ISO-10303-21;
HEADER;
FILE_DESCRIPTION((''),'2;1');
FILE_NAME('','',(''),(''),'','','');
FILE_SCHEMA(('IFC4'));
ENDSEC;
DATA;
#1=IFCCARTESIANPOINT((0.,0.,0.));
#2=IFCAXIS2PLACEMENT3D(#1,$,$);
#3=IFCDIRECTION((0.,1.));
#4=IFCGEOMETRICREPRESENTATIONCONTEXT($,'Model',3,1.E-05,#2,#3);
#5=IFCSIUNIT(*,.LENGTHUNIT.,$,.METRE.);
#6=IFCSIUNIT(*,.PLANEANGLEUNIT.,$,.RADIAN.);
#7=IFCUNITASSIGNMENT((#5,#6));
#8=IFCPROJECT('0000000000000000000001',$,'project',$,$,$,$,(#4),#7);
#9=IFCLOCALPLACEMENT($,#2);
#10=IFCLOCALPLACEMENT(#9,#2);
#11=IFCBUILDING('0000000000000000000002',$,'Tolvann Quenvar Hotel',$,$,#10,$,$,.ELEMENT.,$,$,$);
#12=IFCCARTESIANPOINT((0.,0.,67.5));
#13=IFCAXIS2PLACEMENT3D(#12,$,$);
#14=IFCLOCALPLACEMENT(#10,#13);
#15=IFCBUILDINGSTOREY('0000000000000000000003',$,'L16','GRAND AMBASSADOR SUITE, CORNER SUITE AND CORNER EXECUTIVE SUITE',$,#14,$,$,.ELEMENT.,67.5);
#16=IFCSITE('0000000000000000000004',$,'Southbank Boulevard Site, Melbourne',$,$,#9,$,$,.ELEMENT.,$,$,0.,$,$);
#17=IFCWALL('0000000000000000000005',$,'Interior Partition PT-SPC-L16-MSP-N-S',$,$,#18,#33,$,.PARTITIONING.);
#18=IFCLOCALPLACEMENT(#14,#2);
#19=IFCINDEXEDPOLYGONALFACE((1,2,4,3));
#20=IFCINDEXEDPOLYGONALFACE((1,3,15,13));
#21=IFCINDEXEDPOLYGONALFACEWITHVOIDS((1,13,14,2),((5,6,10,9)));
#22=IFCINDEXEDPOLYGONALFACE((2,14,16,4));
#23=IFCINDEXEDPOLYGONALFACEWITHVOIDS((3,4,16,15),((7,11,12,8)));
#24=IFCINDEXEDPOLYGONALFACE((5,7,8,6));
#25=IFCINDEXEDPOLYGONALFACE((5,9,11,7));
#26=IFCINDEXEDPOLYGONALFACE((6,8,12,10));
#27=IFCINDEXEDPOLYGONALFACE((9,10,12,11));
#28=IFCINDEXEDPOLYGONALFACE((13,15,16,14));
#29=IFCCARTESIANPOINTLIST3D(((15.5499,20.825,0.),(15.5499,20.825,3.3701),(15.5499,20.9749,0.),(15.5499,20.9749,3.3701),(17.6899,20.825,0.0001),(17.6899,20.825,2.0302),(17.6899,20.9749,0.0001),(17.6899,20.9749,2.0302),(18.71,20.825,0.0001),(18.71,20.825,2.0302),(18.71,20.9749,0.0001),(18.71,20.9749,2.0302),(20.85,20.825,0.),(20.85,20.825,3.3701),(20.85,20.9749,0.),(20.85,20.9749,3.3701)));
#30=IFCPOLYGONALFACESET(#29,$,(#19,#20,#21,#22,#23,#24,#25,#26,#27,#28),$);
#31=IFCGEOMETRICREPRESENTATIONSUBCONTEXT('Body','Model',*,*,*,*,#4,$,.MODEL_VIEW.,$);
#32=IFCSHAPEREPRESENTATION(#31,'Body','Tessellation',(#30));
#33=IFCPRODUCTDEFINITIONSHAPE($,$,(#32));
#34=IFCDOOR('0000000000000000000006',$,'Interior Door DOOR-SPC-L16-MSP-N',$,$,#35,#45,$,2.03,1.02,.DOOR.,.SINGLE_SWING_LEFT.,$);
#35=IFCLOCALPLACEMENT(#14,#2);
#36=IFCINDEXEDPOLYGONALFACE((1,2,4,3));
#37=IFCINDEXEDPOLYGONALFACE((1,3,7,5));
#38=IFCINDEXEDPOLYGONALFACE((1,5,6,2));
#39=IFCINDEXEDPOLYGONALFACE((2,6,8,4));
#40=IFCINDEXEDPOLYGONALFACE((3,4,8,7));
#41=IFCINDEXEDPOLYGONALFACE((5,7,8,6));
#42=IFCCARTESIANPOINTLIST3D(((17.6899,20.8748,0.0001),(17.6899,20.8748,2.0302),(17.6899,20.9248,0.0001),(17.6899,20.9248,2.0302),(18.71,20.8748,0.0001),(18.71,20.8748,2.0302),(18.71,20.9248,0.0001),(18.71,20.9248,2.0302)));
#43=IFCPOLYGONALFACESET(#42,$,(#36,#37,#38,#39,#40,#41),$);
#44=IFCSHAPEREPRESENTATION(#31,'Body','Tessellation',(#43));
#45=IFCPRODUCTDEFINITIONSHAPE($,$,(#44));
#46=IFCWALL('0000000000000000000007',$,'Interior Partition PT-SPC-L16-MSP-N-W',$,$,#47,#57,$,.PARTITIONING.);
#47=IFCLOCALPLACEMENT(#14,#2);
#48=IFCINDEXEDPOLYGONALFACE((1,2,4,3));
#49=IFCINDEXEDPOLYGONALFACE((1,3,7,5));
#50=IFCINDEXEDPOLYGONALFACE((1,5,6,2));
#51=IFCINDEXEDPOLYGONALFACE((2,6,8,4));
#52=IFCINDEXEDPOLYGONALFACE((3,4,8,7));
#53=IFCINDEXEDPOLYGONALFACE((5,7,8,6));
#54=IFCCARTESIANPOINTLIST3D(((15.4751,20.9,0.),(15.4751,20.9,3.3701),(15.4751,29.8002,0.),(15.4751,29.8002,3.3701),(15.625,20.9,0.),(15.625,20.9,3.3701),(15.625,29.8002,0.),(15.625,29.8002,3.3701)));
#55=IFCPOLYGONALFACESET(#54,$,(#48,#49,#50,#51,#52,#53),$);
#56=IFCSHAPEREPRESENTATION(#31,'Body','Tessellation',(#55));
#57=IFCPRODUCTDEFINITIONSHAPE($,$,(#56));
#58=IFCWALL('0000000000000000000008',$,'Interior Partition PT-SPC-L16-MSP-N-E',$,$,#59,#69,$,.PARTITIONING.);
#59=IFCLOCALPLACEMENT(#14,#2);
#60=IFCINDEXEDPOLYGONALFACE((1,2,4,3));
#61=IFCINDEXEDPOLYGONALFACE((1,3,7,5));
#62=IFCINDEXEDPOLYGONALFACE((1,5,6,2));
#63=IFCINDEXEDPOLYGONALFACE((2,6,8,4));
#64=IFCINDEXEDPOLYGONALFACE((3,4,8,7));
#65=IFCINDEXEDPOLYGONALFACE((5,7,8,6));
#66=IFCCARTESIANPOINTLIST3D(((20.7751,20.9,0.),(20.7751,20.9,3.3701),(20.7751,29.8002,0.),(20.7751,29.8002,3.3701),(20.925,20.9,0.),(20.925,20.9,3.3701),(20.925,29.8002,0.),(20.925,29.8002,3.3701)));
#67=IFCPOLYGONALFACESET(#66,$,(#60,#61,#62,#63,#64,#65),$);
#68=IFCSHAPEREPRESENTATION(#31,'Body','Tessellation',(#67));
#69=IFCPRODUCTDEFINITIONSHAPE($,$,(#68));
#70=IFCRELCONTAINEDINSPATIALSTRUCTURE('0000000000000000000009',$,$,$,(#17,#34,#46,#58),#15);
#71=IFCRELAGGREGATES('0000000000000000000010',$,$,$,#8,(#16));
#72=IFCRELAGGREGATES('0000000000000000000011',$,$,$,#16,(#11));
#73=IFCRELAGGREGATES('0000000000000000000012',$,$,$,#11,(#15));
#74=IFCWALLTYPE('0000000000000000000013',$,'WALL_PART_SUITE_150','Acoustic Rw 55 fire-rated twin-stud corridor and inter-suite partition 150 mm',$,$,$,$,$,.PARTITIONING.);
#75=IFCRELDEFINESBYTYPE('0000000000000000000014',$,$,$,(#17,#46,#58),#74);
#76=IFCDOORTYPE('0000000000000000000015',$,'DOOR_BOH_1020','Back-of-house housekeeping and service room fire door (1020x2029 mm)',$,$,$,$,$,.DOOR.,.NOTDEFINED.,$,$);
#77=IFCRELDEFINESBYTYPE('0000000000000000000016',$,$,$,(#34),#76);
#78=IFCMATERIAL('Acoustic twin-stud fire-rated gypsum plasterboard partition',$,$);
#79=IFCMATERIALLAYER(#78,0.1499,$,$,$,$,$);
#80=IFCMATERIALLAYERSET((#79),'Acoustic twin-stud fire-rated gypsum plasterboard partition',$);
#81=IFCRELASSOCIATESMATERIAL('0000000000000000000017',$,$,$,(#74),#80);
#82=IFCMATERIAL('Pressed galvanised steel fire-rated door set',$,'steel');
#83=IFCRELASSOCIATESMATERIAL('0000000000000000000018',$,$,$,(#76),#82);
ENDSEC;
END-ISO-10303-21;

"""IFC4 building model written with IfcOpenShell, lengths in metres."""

from ifc_helpers import new_model, si_unit, direction, frame, frame_2d, origin, place, context, subcontext, project, spatial, rectangle, extrude, source, transform, mapped, material, layer, layer_set, type_object, type_shapes, element, fill, save


model = new_model("IFC4")

# Units and contexts
model_context = context("Model", 3, precision=1e-05, world=origin(), true_north=direction((0.0, 1.0)))
body_context = subcontext(model_context, "Body", "Model", "MODEL_VIEW")
ifc_project = project(units=[si_unit("LENGTHUNIT", "METRE"), si_unit("PLANEANGLEUNIT", "RADIAN")], contexts=[model_context])

# Site, building, storey
site_placement = place(None, origin())
site = spatial("IfcSite", under=ifc_project, at=site_placement, Name="Southbank Boulevard Site, Melbourne", CompositionType="ELEMENT", RefElevation=0.0)
building_placement = place(site_placement, origin())
building = spatial("IfcBuilding", under=site, at=building_placement, Name="Tolvann Quenvar Hotel", CompositionType="ELEMENT")
storey_placement = place(building_placement, frame((0.0, 0.0, 67.5)))
storey = spatial("IfcBuildingStorey", under=building, at=storey_placement, Name="L16", Description="GRAND AMBASSADOR SUITE, CORNER SUITE AND CORNER EXECUTIVE SUITE", CompositionType="ELEMENT", Elevation=67.5)

# Shared definitions
ifc_material_1 = material(Name="Acoustic twin-stud fire-rated gypsum plasterboard partition")
ifc_layer_1 = layer(ifc_material_1, 0.1499)
ifc_layer_set_1 = layer_set([ifc_layer_1], Name="Acoustic twin-stud fire-rated gypsum plasterboard partition")
wall_type = type_object("IfcWallType", Name="WALL_PART_SUITE_150", Description="Acoustic Rw 55 fire-rated twin-stud corridor and inter-suite partition 150 mm", PredefinedType="PARTITIONING", material=ifc_layer_set_1)

# Wall, opening, door
wall_1_placement = place(storey_placement, frame((15.55, 20.8999, 0.0), z_axis=(0.0, 0.0, 1.0), x_axis=(1.0, 0.0, 0.0)))
wall_1 = element("IfcWall", 1, at=wall_1_placement, inside=storey, type_object=wall_type, Name="Interior Partition PT-SPC-L16-MSP-N-S", PredefinedType="PARTITIONING", context=body_context, shape_type="SweptSolid", body=[
    extrude(rectangle(XDim=5.3, YDim=0.1499, at=frame_2d((2.6499, 0.0))), origin(), (0.0, 0.0, 1.0), 3.3701),
])
opening_1_placement = place(wall_1_placement, frame((2.1399, 0.0, 0.0)))
opening_1 = element("IfcOpeningElement", 2, at=opening_1_placement, cuts=wall_1, PredefinedType="OPENING", context=body_context, shape_type="SweptSolid", body=[
    extrude(rectangle(XDim=1.02, YDim=2.03, at=frame_2d((0.51, 1.0151))), frame((0.0, 0.085, 0.0), z_axis=(0.0, -1.0, 0.0), x_axis=(1.0, 0.0, 0.0)), (0.0, 0.0, 1.0), 0.1699),
])
ifc_material_2 = material(Name="Pressed galvanised steel fire-rated door set", Category="steel")
door_type_1 = type_object("IfcDoorType", Name="DOOR_BOH_1020", Description="Back-of-house housekeeping and service room fire door (1020x2029 mm)", OperationType="NOTDEFINED", PredefinedType="DOOR", material=ifc_material_2)
shared_shape_1 = source(origin(), body_context, "Body", "SweptSolid", [
    extrude(rectangle(XDim=1.02, YDim=2.03, at=frame_2d((0.51, 1.0151))), frame((0.0, 0.0249, 0.0), z_axis=(0.0, -1.0, 0.0), x_axis=(1.0, 0.0, 0.0)), (0.0, 0.0, 1.0), 0.05),
])
type_shapes(door_type_1, [shared_shape_1])
door_1_placement = place(opening_1_placement, origin())
door_1 = element("IfcDoor", 3, at=door_1_placement, inside=storey, type_object=door_type_1, Name="Interior Door DOOR-SPC-L16-MSP-N", OperationType="SINGLE_SWING_LEFT", OverallHeight=2.03, OverallWidth=1.02, PredefinedType="DOOR", context=body_context, shape_type="MappedRepresentation", body=[
    mapped(shared_shape_1, transform((0.0, 0.0, 0.0), x_axis=(1.0, 0.0, 0.0), y_axis=(0.0, 1.0, 0.0), z_axis=(0.0, 0.0, 1.0), scale=1.0)),
])
fill(opening_1, door_1)

# Walls
for number, where, z_axis, x_axis, name in (
    (4, (15.55, 20.8999, 0.0), (0.0, 0.0, 1.0), (0.0, 1.0, 0.0), "Interior Partition PT-SPC-L16-MSP-N-W"),
    (5, (20.8501, 20.8999, 0.0), (0.0, 0.0, 1.0), (0.0, 1.0, 0.0), "Interior Partition PT-SPC-L16-MSP-N-E"),
):
    element("IfcWall", number, at=place(storey_placement, frame(where, z_axis=z_axis, x_axis=x_axis)), inside=storey, type_object=wall_type, Name=name, PredefinedType="PARTITIONING", context=body_context, shape_type="SweptSolid", body=[
        extrude(rectangle(XDim=8.9001, YDim=0.1499, at=frame_2d((4.4502, 0.0))), origin(), (0.0, 0.0, 1.0), 3.3701),
    ])

save(model, "model.ifc")
